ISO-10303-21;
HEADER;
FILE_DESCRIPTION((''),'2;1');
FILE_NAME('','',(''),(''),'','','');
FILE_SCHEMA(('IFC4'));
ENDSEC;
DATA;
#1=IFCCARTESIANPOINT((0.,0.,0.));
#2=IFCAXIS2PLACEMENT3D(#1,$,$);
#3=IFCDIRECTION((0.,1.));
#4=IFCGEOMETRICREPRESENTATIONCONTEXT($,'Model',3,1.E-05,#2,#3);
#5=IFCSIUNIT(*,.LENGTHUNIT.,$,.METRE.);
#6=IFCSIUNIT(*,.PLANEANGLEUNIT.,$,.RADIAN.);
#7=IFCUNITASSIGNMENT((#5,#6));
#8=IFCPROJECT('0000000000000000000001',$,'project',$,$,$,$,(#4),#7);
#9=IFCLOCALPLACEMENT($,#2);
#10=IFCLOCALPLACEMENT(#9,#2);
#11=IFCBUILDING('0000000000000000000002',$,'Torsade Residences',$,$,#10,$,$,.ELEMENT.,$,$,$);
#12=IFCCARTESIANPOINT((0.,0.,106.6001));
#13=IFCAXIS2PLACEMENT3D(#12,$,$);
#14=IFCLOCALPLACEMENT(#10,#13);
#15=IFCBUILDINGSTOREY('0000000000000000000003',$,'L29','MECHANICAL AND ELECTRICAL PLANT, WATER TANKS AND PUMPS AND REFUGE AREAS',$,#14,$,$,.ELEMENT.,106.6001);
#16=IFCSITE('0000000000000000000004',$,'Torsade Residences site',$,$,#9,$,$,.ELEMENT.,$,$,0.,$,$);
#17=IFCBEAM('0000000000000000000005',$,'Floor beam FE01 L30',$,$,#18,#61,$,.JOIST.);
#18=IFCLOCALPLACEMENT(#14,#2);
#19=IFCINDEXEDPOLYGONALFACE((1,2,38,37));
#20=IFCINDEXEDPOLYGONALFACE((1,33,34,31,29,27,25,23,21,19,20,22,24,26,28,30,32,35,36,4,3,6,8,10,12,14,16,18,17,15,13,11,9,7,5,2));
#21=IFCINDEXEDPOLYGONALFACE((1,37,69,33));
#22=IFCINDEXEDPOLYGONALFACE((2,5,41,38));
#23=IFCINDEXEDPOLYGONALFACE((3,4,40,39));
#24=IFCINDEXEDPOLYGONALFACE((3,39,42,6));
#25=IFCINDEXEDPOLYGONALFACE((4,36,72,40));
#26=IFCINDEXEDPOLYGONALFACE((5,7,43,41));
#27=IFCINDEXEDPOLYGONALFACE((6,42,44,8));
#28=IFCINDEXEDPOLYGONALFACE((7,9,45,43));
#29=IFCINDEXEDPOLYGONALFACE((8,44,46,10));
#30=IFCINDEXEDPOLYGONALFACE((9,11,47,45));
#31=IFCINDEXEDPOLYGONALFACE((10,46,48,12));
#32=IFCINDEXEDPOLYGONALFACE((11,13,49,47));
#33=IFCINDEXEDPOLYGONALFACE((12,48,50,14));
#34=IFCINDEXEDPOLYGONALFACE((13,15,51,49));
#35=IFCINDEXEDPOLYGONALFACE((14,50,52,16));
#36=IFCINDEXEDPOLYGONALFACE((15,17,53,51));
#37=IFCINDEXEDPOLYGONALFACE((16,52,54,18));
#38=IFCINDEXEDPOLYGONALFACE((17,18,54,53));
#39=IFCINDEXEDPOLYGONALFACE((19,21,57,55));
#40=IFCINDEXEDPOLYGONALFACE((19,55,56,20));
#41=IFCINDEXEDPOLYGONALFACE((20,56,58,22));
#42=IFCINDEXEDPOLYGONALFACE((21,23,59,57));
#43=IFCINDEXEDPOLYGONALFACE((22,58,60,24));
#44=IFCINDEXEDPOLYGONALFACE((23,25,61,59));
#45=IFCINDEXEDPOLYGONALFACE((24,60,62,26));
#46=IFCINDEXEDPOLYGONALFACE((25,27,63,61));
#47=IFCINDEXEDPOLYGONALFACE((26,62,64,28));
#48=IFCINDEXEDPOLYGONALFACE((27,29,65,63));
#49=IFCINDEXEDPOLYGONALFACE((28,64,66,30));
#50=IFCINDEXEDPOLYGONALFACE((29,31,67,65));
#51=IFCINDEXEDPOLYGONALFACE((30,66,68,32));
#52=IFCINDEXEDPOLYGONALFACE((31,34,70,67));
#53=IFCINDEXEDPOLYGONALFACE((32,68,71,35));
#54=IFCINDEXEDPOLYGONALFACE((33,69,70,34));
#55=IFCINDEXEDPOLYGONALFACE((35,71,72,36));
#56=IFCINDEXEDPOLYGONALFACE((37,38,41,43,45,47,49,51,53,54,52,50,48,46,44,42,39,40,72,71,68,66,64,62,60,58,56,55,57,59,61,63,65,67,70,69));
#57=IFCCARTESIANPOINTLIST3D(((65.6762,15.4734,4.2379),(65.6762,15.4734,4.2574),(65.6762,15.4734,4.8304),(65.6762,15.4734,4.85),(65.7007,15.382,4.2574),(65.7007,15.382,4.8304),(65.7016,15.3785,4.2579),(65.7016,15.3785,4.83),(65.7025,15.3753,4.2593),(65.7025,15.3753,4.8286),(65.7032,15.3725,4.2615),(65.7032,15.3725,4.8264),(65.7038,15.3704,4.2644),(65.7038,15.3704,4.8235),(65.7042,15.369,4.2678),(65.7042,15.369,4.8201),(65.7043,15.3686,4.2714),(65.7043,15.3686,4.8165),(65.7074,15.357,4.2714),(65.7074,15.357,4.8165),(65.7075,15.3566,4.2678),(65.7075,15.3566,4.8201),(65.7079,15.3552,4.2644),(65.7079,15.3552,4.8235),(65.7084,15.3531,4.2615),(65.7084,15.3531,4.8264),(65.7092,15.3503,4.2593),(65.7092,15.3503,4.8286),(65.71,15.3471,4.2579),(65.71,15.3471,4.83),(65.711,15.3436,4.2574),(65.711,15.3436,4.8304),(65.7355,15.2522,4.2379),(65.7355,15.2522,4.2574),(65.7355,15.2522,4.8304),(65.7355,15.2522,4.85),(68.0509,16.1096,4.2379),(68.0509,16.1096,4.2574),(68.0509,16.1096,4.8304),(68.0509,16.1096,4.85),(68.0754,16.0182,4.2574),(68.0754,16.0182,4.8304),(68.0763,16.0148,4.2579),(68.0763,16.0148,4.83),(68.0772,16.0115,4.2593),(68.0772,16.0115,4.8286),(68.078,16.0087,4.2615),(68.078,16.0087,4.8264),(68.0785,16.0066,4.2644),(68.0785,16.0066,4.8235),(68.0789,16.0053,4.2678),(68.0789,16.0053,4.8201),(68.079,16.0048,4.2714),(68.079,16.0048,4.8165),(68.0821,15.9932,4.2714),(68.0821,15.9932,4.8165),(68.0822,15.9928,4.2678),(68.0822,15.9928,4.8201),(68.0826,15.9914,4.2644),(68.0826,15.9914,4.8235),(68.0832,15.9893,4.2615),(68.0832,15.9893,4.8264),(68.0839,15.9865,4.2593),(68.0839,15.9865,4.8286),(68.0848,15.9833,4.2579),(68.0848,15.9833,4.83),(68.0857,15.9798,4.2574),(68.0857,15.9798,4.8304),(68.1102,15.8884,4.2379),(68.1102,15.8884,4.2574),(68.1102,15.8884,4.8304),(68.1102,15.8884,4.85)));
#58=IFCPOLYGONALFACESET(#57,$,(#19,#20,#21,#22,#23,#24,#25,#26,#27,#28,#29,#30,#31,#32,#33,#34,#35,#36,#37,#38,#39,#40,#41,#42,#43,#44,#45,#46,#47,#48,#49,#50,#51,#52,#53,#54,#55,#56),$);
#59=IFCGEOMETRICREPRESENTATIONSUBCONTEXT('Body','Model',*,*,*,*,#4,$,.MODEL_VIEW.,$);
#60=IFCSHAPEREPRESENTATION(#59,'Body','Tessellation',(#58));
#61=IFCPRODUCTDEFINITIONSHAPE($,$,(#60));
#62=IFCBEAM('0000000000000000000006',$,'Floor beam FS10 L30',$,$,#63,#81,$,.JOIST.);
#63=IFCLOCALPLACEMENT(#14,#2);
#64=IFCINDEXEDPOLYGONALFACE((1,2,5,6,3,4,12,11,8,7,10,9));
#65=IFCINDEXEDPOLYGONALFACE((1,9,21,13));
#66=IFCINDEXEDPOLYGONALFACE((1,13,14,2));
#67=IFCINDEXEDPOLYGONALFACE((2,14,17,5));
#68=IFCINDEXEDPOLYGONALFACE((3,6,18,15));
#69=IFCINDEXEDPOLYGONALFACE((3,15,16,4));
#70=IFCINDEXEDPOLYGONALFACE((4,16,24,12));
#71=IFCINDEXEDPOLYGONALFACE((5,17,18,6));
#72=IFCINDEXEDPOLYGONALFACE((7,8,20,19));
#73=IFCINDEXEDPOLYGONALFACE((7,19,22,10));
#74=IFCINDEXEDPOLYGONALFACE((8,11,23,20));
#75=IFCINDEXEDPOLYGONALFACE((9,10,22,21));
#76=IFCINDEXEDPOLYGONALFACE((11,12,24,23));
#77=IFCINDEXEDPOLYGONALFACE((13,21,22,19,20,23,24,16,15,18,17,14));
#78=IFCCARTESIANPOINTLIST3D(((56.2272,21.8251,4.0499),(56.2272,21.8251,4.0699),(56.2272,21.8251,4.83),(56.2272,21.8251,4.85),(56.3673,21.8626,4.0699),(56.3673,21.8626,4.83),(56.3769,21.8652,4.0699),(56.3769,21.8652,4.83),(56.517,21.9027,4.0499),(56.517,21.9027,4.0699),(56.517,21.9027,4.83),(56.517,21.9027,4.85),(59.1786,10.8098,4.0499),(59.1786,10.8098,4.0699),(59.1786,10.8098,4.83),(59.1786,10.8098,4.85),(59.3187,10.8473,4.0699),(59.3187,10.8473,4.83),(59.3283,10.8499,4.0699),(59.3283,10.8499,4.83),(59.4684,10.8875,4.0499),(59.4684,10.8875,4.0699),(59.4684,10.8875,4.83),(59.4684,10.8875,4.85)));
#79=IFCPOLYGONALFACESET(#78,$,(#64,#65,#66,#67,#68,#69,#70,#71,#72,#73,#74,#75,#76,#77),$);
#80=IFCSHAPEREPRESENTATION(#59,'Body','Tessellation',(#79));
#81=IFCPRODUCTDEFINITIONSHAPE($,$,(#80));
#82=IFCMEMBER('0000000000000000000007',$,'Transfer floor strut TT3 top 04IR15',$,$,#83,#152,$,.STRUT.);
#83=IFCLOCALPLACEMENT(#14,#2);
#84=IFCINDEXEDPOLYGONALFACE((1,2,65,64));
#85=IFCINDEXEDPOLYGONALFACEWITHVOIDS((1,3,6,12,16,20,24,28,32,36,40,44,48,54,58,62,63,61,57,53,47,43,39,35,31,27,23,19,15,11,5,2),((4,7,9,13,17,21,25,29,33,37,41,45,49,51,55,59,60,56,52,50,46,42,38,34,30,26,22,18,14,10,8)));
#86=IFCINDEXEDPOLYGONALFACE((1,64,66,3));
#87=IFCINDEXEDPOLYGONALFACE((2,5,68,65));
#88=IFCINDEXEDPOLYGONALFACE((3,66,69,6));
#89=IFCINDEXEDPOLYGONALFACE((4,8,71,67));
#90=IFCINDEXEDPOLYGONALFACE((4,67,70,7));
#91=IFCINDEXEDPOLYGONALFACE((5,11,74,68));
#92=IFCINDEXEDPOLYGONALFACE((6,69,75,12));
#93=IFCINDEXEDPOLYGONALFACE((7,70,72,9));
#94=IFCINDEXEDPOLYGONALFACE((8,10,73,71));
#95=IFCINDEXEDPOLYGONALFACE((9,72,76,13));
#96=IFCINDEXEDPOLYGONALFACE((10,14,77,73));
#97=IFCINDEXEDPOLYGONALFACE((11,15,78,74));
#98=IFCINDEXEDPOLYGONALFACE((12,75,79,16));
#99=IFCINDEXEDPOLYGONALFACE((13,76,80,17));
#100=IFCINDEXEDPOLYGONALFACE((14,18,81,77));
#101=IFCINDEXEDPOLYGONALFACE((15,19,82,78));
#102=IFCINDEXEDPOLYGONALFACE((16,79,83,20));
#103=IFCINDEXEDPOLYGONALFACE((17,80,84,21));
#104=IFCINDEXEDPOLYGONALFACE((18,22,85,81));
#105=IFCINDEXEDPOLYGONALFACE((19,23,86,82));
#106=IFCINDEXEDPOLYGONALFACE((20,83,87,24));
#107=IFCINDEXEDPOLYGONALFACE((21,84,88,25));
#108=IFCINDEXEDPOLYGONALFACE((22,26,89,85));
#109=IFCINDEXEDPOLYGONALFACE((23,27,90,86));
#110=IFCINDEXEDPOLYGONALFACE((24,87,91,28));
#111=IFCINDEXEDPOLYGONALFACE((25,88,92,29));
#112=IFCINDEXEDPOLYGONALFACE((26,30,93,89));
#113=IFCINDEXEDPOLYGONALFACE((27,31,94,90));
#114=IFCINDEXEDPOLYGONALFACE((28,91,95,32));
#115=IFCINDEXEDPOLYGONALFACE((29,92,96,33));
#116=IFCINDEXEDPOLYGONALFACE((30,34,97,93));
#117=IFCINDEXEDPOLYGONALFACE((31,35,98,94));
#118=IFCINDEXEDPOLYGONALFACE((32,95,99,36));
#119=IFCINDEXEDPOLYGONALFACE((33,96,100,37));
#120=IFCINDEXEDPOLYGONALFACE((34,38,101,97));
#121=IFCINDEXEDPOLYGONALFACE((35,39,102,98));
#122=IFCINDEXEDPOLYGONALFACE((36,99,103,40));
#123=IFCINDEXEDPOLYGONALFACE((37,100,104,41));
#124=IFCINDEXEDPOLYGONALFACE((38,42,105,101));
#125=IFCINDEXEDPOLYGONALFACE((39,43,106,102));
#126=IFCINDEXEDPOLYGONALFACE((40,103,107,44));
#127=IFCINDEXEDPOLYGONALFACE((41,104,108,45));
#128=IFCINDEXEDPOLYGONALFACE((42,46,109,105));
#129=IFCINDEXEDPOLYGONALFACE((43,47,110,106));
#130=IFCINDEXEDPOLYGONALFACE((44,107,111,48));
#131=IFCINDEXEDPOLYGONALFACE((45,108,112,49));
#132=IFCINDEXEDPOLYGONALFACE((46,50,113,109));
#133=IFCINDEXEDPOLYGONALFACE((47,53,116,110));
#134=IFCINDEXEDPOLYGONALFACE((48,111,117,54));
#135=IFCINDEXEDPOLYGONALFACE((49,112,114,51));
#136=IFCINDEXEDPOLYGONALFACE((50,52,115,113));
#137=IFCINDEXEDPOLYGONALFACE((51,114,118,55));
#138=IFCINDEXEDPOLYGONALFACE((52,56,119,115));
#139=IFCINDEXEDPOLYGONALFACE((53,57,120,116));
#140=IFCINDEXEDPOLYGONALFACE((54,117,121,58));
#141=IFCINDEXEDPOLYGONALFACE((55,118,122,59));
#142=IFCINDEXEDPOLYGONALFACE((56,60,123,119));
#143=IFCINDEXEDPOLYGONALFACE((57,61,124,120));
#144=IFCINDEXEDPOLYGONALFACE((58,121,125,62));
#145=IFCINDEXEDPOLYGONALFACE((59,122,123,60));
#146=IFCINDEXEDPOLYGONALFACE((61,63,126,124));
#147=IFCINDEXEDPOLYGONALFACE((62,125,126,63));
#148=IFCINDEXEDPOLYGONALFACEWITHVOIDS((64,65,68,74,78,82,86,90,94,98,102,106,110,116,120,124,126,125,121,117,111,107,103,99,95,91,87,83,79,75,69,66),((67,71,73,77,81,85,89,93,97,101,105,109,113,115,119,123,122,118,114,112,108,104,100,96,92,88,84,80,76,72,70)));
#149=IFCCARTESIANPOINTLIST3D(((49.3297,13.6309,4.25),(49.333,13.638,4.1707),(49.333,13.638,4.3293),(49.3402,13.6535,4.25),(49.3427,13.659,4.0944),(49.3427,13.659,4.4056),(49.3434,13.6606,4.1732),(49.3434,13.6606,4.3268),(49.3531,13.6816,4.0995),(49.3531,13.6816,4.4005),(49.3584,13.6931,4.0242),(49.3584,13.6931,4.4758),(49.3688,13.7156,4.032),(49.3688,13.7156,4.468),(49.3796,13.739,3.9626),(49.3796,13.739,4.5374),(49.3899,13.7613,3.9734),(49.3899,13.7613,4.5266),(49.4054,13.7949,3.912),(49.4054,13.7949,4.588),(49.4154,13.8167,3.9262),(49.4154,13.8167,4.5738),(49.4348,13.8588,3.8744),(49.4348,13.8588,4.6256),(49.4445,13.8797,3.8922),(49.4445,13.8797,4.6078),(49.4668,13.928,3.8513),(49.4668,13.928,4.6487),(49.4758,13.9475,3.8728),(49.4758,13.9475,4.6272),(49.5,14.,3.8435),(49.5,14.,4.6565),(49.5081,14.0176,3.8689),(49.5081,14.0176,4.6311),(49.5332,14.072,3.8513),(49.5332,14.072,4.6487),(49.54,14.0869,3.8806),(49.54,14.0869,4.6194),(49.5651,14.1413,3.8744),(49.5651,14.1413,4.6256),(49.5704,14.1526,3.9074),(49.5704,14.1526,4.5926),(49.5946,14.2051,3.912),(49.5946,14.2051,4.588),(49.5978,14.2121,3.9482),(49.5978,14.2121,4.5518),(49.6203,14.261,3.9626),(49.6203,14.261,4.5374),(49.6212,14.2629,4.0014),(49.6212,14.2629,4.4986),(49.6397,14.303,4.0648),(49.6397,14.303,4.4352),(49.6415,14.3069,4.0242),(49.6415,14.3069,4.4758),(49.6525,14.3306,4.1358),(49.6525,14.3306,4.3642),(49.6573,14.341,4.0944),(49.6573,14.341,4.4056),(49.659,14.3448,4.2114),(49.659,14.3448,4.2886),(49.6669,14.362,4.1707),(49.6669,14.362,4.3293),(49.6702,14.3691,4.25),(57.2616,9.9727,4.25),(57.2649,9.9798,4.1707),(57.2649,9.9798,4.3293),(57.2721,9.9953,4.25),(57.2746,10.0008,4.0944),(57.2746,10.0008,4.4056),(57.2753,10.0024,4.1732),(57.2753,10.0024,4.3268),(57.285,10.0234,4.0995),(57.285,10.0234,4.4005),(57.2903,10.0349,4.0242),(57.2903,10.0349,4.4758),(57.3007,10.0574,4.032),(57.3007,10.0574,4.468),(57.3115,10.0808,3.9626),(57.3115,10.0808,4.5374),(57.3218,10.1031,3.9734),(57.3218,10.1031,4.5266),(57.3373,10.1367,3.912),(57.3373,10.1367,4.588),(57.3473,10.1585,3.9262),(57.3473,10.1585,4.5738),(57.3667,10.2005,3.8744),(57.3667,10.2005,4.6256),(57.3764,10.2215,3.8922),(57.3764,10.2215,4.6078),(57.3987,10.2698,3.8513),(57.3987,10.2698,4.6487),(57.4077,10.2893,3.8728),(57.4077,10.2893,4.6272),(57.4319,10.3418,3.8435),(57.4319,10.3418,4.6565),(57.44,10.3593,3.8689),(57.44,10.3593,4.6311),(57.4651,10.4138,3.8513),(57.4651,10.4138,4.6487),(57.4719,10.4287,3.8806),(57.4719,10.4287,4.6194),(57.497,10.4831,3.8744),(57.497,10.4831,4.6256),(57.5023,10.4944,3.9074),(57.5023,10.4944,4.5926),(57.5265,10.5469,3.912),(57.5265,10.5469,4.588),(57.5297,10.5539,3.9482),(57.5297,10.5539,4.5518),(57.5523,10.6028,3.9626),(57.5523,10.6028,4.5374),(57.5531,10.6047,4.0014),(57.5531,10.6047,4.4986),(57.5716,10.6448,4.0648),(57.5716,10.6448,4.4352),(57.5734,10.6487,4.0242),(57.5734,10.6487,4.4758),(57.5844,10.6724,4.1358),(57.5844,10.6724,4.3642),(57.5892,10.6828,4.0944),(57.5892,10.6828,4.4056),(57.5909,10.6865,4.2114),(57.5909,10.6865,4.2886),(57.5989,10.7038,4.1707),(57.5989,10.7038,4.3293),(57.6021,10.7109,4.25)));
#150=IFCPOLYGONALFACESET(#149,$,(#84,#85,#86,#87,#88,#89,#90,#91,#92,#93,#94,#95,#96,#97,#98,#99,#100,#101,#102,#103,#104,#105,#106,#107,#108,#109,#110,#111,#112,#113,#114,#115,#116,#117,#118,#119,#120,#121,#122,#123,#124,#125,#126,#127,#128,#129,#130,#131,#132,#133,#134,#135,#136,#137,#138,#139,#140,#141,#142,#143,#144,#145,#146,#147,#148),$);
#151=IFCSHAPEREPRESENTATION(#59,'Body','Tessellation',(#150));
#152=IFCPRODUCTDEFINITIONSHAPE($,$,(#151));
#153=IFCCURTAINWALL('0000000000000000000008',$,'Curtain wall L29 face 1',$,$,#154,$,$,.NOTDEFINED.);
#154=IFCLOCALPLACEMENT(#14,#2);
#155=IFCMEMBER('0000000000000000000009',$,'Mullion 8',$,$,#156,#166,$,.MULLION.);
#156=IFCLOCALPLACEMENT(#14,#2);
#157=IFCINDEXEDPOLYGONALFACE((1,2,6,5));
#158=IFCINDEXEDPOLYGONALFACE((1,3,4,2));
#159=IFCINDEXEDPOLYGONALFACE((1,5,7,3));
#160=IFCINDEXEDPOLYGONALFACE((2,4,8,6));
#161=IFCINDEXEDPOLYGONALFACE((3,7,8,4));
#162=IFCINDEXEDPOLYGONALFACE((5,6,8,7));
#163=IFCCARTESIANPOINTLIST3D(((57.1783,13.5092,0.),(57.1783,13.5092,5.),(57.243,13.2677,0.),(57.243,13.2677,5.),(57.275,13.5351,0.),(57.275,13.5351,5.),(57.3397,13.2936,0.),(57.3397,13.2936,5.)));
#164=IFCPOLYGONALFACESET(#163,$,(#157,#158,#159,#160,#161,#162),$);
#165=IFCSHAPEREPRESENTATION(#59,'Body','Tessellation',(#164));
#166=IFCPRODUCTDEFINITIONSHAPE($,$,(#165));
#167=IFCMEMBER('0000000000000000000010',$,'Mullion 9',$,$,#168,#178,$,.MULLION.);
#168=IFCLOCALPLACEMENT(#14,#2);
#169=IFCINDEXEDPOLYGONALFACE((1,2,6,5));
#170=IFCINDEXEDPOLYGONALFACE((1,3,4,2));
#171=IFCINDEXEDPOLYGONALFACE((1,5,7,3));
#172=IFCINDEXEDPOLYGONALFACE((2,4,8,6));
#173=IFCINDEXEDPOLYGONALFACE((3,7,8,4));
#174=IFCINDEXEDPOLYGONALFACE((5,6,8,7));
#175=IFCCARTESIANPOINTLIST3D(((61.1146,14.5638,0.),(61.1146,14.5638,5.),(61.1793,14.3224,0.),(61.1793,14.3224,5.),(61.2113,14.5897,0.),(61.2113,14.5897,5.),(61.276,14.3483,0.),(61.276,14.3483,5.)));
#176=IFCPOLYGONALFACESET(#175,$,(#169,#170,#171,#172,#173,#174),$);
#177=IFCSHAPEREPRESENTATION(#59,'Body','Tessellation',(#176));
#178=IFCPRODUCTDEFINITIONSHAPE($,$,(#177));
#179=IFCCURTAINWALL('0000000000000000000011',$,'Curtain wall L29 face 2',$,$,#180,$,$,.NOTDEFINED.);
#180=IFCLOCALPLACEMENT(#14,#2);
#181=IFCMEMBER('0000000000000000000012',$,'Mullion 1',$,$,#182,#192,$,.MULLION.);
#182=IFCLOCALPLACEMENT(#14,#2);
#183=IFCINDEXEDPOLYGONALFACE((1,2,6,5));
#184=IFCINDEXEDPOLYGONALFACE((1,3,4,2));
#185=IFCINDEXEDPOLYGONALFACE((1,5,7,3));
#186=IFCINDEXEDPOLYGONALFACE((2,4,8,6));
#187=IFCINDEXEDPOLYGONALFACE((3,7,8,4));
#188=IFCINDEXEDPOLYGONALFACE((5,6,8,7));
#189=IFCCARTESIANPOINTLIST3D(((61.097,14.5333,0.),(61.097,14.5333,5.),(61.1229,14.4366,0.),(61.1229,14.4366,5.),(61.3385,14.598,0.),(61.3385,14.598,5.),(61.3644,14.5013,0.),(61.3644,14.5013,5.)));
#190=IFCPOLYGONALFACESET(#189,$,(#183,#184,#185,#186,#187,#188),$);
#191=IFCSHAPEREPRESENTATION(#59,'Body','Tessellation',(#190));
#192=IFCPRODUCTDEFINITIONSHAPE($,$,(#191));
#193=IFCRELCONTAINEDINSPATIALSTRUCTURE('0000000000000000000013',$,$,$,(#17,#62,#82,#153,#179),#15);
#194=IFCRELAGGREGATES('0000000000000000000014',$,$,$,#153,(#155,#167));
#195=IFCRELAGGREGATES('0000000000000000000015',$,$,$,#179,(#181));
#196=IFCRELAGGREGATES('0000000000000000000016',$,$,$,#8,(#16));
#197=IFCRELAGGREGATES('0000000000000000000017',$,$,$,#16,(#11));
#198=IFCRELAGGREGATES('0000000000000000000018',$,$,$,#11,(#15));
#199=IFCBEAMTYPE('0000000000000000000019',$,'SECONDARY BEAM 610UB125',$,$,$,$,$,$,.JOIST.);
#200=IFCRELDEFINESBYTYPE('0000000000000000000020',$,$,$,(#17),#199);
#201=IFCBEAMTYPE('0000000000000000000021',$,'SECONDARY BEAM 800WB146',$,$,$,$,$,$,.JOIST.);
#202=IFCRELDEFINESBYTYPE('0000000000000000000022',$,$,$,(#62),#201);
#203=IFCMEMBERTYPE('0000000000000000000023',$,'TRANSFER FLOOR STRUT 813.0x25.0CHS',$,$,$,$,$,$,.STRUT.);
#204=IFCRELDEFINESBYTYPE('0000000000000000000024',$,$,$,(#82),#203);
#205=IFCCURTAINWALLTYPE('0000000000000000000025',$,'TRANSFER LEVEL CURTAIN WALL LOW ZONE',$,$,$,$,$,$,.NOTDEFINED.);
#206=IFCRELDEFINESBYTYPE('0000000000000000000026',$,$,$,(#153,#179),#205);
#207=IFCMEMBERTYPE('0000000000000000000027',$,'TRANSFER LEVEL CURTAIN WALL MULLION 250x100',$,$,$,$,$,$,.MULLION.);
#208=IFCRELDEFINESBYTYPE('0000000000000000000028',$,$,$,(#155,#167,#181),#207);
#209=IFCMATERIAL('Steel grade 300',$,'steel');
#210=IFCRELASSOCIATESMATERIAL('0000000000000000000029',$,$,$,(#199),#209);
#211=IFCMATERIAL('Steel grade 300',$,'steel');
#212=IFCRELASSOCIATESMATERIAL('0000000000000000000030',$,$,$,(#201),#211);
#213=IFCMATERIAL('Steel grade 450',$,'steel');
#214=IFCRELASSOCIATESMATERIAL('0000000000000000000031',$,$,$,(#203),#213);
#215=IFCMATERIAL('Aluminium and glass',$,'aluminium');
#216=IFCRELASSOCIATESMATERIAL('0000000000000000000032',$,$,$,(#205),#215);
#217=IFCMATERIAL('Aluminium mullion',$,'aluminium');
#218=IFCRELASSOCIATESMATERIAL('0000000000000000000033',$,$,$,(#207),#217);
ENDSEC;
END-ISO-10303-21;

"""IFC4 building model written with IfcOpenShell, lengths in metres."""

from ifc_helpers import new_model, si_unit, direction, frame, origin, origin_2d, place, context, subcontext, project, spatial, rectangle, hollow_circle, i_section, extrude, material, material_profile, profile_set, type_object, element, aggregate, save


model = new_model("IFC4")

# Units and contexts
model_context = context("Model", 3, precision=1e-05, world=origin(), true_north=direction((0.0, 1.0)))
body_context = subcontext(model_context, "Body", "Model", "MODEL_VIEW")
ifc_project = project(units=[si_unit("LENGTHUNIT", "METRE"), si_unit("PLANEANGLEUNIT", "RADIAN")], contexts=[model_context])

# Site, building, storey
site_placement = place(None, origin())
site = spatial("IfcSite", under=ifc_project, at=site_placement, Name="Torsade Residences site", CompositionType="ELEMENT", RefElevation=0.0)
building_placement = place(site_placement, origin())
building = spatial("IfcBuilding", under=site, at=building_placement, Name="Torsade Residences", CompositionType="ELEMENT")
storey_placement = place(building_placement, frame((0.0, 0.0, 106.6001)))
storey = spatial("IfcBuildingStorey", under=building, at=storey_placement, Name="L29", Description="MECHANICAL AND ELECTRICAL PLANT, WATER TANKS AND PUMPS AND REFUGE AREAS", CompositionType="ELEMENT", Elevation=106.6001)

# Beams
ifc_material_1 = material(Name="Steel grade 300", Category="steel")
ifc_material_profile_1 = material_profile(ifc_material_1, i_section(OverallWidth=0.229, OverallDepth=0.6121, WebThickness=0.012, FlangeThickness=0.0195, FilletRadius=0.0139, at=origin_2d()), Name="610UB125")
ifc_profile_set_1 = profile_set([ifc_material_profile_1], Name="Steel grade 300")
beam_type_1 = type_object("IfcBeamType", Name="SECONDARY BEAM 610UB125", PredefinedType="JOIST", material=ifc_profile_set_1)
beam_1_placement = place(storey_placement, frame((68.0806, 15.999, 4.5439), z_axis=(-0.965934, -0.258787, 0.0), x_axis=(0.258787, -0.965934, 0.0)))
element("IfcBeam", 1, at=beam_1_placement, inside=storey, type_object=beam_type_1, Name="Floor beam FE01 L30", PredefinedType="JOIST", context=body_context, shape_type="SweptSolid", body=[
    extrude(i_section(OverallWidth=0.229, OverallDepth=0.6121, WebThickness=0.012, FlangeThickness=0.0195, FilletRadius=0.0139, at=origin_2d()), origin(), (0.0, 0.0, 1.0), 2.4585),
])
ifc_material_2 = material(Name="Steel grade 300", Category="steel")
ifc_material_profile_2 = material_profile(ifc_material_2, i_section(OverallWidth=0.3, OverallDepth=0.8, WebThickness=0.01, FlangeThickness=0.02, at=origin_2d()), Name="800WB146")
ifc_profile_set_2 = profile_set([ifc_material_profile_2], Name="Steel grade 300")
beam_type_2 = type_object("IfcBeamType", Name="SECONDARY BEAM 800WB146", PredefinedType="JOIST", material=ifc_profile_set_2)
beam_2_placement = place(storey_placement, frame((59.3235, 10.8486, 4.45), z_axis=(-0.258807, 0.965929, 0.0), x_axis=(-0.965929, -0.258807, 0.0)))
element("IfcBeam", 2, at=beam_2_placement, inside=storey, type_object=beam_type_2, Name="Floor beam FS10 L30", PredefinedType="JOIST", context=body_context, shape_type="SweptSolid", body=[
    extrude(i_section(OverallWidth=0.3, OverallDepth=0.8, WebThickness=0.01, FlangeThickness=0.02, at=origin_2d()), origin(), (0.0, 0.0, 1.0), 11.4038),
])

# Member
ifc_material_3 = material(Name="Steel grade 450", Category="steel")
ifc_material_profile_3 = material_profile(ifc_material_3, hollow_circle(Radius=0.4065, WallThickness=0.0249, at=origin_2d()), Name="813.0x25.0CHS")
ifc_profile_set_3 = profile_set([ifc_material_profile_3], Name="Steel grade 450")
member_type_1 = type_object("IfcMemberType", Name="TRANSFER FLOOR STRUT 813.0x25.0CHS", PredefinedType="STRUT", material=ifc_profile_set_3)
member_1_placement = place(storey_placement, frame((57.4319, 10.3418, 4.25), z_axis=(-0.908076, 0.418806, 0.0), x_axis=(-0.418806, -0.908076, 0.0)))
element("IfcMember", 3, at=member_1_placement, inside=storey, type_object=member_type_1, Name="Transfer floor strut TT3 top 04IR15", PredefinedType="STRUT", context=body_context, shape_type="SweptSolid", body=[
    extrude(hollow_circle(Radius=0.4065, WallThickness=0.0249, at=origin_2d()), origin(), (0.0, 0.0, 1.0), 8.7349),
])

# Curtain walls, members
ifc_material_4 = material(Name="Aluminium and glass", Category="aluminium")
curtain_wall_type = type_object("IfcCurtainWallType", Name="TRANSFER LEVEL CURTAIN WALL LOW ZONE", PredefinedType="NOTDEFINED", material=ifc_material_4)
curtain_wall_1_placement = place(storey_placement, origin())
curtain_wall_1 = element("IfcCurtainWall", 4, at=curtain_wall_1_placement, inside=storey, type_object=curtain_wall_type, Name="Curtain wall L29 face 1", PredefinedType="NOTDEFINED")
ifc_material_5 = material(Name="Aluminium mullion", Category="aluminium")
ifc_material_profile_4 = material_profile(ifc_material_5, rectangle(XDim=0.25, YDim=0.1001, at=origin_2d()), Name="TRANSFER LEVEL CURTAIN WALL MULLION 250x100")
ifc_profile_set_4 = profile_set([ifc_material_profile_4], Name="Aluminium mullion")
member_type_2 = type_object("IfcMemberType", Name="TRANSFER LEVEL CURTAIN WALL MULLION 250x100", PredefinedType="MULLION", material=ifc_profile_set_4)
member_2_placement = place(storey_placement, frame((57.259, 13.4014, 0.0), z_axis=(0.0, 0.0, 1.0), x_axis=(-0.258819, 0.965926, 0.0)))
member_2 = element("IfcMember", 5, at=member_2_placement, type_object=member_type_2, Name="Mullion 8", PredefinedType="MULLION", context=body_context, shape_type="SweptSolid", body=[
    extrude(rectangle(XDim=0.25, YDim=0.1001, at=origin_2d()), origin(), (0.0, 0.0, 1.0), 5.0),
])
member_3_placement = place(storey_placement, frame((61.1953, 14.4561, 0.0), z_axis=(0.0, 0.0, 1.0), x_axis=(-0.258819, 0.965926, 0.0)))
member_3 = element("IfcMember", 6, at=member_3_placement, type_object=member_type_2, Name="Mullion 9", PredefinedType="MULLION", context=body_context, shape_type="SweptSolid", body=[
    extrude(rectangle(XDim=0.25, YDim=0.1001, at=origin_2d()), origin(), (0.0, 0.0, 1.0), 5.0),
])
curtain_wall_2_placement = place(storey_placement, origin())
curtain_wall_2 = element("IfcCurtainWall", 7, at=curtain_wall_2_placement, inside=storey, type_object=curtain_wall_type, Name="Curtain wall L29 face 2", PredefinedType="NOTDEFINED")
member_4_placement = place(storey_placement, frame((61.2307, 14.5173, 0.0), z_axis=(0.0, 0.0, 1.0), x_axis=(-0.965926, -0.258819, 0.0)))
member_4 = element("IfcMember", 8, at=member_4_placement, type_object=member_type_2, Name="Mullion 1", PredefinedType="MULLION", context=body_context, shape_type="SweptSolid", body=[
    extrude(rectangle(XDim=0.25, YDim=0.1001, at=origin_2d()), origin(), (0.0, 0.0, 1.0), 5.0),
])

aggregate(curtain_wall_1, [member_2, member_3])
aggregate(curtain_wall_2, [member_4])

save(model, "model.ifc")
